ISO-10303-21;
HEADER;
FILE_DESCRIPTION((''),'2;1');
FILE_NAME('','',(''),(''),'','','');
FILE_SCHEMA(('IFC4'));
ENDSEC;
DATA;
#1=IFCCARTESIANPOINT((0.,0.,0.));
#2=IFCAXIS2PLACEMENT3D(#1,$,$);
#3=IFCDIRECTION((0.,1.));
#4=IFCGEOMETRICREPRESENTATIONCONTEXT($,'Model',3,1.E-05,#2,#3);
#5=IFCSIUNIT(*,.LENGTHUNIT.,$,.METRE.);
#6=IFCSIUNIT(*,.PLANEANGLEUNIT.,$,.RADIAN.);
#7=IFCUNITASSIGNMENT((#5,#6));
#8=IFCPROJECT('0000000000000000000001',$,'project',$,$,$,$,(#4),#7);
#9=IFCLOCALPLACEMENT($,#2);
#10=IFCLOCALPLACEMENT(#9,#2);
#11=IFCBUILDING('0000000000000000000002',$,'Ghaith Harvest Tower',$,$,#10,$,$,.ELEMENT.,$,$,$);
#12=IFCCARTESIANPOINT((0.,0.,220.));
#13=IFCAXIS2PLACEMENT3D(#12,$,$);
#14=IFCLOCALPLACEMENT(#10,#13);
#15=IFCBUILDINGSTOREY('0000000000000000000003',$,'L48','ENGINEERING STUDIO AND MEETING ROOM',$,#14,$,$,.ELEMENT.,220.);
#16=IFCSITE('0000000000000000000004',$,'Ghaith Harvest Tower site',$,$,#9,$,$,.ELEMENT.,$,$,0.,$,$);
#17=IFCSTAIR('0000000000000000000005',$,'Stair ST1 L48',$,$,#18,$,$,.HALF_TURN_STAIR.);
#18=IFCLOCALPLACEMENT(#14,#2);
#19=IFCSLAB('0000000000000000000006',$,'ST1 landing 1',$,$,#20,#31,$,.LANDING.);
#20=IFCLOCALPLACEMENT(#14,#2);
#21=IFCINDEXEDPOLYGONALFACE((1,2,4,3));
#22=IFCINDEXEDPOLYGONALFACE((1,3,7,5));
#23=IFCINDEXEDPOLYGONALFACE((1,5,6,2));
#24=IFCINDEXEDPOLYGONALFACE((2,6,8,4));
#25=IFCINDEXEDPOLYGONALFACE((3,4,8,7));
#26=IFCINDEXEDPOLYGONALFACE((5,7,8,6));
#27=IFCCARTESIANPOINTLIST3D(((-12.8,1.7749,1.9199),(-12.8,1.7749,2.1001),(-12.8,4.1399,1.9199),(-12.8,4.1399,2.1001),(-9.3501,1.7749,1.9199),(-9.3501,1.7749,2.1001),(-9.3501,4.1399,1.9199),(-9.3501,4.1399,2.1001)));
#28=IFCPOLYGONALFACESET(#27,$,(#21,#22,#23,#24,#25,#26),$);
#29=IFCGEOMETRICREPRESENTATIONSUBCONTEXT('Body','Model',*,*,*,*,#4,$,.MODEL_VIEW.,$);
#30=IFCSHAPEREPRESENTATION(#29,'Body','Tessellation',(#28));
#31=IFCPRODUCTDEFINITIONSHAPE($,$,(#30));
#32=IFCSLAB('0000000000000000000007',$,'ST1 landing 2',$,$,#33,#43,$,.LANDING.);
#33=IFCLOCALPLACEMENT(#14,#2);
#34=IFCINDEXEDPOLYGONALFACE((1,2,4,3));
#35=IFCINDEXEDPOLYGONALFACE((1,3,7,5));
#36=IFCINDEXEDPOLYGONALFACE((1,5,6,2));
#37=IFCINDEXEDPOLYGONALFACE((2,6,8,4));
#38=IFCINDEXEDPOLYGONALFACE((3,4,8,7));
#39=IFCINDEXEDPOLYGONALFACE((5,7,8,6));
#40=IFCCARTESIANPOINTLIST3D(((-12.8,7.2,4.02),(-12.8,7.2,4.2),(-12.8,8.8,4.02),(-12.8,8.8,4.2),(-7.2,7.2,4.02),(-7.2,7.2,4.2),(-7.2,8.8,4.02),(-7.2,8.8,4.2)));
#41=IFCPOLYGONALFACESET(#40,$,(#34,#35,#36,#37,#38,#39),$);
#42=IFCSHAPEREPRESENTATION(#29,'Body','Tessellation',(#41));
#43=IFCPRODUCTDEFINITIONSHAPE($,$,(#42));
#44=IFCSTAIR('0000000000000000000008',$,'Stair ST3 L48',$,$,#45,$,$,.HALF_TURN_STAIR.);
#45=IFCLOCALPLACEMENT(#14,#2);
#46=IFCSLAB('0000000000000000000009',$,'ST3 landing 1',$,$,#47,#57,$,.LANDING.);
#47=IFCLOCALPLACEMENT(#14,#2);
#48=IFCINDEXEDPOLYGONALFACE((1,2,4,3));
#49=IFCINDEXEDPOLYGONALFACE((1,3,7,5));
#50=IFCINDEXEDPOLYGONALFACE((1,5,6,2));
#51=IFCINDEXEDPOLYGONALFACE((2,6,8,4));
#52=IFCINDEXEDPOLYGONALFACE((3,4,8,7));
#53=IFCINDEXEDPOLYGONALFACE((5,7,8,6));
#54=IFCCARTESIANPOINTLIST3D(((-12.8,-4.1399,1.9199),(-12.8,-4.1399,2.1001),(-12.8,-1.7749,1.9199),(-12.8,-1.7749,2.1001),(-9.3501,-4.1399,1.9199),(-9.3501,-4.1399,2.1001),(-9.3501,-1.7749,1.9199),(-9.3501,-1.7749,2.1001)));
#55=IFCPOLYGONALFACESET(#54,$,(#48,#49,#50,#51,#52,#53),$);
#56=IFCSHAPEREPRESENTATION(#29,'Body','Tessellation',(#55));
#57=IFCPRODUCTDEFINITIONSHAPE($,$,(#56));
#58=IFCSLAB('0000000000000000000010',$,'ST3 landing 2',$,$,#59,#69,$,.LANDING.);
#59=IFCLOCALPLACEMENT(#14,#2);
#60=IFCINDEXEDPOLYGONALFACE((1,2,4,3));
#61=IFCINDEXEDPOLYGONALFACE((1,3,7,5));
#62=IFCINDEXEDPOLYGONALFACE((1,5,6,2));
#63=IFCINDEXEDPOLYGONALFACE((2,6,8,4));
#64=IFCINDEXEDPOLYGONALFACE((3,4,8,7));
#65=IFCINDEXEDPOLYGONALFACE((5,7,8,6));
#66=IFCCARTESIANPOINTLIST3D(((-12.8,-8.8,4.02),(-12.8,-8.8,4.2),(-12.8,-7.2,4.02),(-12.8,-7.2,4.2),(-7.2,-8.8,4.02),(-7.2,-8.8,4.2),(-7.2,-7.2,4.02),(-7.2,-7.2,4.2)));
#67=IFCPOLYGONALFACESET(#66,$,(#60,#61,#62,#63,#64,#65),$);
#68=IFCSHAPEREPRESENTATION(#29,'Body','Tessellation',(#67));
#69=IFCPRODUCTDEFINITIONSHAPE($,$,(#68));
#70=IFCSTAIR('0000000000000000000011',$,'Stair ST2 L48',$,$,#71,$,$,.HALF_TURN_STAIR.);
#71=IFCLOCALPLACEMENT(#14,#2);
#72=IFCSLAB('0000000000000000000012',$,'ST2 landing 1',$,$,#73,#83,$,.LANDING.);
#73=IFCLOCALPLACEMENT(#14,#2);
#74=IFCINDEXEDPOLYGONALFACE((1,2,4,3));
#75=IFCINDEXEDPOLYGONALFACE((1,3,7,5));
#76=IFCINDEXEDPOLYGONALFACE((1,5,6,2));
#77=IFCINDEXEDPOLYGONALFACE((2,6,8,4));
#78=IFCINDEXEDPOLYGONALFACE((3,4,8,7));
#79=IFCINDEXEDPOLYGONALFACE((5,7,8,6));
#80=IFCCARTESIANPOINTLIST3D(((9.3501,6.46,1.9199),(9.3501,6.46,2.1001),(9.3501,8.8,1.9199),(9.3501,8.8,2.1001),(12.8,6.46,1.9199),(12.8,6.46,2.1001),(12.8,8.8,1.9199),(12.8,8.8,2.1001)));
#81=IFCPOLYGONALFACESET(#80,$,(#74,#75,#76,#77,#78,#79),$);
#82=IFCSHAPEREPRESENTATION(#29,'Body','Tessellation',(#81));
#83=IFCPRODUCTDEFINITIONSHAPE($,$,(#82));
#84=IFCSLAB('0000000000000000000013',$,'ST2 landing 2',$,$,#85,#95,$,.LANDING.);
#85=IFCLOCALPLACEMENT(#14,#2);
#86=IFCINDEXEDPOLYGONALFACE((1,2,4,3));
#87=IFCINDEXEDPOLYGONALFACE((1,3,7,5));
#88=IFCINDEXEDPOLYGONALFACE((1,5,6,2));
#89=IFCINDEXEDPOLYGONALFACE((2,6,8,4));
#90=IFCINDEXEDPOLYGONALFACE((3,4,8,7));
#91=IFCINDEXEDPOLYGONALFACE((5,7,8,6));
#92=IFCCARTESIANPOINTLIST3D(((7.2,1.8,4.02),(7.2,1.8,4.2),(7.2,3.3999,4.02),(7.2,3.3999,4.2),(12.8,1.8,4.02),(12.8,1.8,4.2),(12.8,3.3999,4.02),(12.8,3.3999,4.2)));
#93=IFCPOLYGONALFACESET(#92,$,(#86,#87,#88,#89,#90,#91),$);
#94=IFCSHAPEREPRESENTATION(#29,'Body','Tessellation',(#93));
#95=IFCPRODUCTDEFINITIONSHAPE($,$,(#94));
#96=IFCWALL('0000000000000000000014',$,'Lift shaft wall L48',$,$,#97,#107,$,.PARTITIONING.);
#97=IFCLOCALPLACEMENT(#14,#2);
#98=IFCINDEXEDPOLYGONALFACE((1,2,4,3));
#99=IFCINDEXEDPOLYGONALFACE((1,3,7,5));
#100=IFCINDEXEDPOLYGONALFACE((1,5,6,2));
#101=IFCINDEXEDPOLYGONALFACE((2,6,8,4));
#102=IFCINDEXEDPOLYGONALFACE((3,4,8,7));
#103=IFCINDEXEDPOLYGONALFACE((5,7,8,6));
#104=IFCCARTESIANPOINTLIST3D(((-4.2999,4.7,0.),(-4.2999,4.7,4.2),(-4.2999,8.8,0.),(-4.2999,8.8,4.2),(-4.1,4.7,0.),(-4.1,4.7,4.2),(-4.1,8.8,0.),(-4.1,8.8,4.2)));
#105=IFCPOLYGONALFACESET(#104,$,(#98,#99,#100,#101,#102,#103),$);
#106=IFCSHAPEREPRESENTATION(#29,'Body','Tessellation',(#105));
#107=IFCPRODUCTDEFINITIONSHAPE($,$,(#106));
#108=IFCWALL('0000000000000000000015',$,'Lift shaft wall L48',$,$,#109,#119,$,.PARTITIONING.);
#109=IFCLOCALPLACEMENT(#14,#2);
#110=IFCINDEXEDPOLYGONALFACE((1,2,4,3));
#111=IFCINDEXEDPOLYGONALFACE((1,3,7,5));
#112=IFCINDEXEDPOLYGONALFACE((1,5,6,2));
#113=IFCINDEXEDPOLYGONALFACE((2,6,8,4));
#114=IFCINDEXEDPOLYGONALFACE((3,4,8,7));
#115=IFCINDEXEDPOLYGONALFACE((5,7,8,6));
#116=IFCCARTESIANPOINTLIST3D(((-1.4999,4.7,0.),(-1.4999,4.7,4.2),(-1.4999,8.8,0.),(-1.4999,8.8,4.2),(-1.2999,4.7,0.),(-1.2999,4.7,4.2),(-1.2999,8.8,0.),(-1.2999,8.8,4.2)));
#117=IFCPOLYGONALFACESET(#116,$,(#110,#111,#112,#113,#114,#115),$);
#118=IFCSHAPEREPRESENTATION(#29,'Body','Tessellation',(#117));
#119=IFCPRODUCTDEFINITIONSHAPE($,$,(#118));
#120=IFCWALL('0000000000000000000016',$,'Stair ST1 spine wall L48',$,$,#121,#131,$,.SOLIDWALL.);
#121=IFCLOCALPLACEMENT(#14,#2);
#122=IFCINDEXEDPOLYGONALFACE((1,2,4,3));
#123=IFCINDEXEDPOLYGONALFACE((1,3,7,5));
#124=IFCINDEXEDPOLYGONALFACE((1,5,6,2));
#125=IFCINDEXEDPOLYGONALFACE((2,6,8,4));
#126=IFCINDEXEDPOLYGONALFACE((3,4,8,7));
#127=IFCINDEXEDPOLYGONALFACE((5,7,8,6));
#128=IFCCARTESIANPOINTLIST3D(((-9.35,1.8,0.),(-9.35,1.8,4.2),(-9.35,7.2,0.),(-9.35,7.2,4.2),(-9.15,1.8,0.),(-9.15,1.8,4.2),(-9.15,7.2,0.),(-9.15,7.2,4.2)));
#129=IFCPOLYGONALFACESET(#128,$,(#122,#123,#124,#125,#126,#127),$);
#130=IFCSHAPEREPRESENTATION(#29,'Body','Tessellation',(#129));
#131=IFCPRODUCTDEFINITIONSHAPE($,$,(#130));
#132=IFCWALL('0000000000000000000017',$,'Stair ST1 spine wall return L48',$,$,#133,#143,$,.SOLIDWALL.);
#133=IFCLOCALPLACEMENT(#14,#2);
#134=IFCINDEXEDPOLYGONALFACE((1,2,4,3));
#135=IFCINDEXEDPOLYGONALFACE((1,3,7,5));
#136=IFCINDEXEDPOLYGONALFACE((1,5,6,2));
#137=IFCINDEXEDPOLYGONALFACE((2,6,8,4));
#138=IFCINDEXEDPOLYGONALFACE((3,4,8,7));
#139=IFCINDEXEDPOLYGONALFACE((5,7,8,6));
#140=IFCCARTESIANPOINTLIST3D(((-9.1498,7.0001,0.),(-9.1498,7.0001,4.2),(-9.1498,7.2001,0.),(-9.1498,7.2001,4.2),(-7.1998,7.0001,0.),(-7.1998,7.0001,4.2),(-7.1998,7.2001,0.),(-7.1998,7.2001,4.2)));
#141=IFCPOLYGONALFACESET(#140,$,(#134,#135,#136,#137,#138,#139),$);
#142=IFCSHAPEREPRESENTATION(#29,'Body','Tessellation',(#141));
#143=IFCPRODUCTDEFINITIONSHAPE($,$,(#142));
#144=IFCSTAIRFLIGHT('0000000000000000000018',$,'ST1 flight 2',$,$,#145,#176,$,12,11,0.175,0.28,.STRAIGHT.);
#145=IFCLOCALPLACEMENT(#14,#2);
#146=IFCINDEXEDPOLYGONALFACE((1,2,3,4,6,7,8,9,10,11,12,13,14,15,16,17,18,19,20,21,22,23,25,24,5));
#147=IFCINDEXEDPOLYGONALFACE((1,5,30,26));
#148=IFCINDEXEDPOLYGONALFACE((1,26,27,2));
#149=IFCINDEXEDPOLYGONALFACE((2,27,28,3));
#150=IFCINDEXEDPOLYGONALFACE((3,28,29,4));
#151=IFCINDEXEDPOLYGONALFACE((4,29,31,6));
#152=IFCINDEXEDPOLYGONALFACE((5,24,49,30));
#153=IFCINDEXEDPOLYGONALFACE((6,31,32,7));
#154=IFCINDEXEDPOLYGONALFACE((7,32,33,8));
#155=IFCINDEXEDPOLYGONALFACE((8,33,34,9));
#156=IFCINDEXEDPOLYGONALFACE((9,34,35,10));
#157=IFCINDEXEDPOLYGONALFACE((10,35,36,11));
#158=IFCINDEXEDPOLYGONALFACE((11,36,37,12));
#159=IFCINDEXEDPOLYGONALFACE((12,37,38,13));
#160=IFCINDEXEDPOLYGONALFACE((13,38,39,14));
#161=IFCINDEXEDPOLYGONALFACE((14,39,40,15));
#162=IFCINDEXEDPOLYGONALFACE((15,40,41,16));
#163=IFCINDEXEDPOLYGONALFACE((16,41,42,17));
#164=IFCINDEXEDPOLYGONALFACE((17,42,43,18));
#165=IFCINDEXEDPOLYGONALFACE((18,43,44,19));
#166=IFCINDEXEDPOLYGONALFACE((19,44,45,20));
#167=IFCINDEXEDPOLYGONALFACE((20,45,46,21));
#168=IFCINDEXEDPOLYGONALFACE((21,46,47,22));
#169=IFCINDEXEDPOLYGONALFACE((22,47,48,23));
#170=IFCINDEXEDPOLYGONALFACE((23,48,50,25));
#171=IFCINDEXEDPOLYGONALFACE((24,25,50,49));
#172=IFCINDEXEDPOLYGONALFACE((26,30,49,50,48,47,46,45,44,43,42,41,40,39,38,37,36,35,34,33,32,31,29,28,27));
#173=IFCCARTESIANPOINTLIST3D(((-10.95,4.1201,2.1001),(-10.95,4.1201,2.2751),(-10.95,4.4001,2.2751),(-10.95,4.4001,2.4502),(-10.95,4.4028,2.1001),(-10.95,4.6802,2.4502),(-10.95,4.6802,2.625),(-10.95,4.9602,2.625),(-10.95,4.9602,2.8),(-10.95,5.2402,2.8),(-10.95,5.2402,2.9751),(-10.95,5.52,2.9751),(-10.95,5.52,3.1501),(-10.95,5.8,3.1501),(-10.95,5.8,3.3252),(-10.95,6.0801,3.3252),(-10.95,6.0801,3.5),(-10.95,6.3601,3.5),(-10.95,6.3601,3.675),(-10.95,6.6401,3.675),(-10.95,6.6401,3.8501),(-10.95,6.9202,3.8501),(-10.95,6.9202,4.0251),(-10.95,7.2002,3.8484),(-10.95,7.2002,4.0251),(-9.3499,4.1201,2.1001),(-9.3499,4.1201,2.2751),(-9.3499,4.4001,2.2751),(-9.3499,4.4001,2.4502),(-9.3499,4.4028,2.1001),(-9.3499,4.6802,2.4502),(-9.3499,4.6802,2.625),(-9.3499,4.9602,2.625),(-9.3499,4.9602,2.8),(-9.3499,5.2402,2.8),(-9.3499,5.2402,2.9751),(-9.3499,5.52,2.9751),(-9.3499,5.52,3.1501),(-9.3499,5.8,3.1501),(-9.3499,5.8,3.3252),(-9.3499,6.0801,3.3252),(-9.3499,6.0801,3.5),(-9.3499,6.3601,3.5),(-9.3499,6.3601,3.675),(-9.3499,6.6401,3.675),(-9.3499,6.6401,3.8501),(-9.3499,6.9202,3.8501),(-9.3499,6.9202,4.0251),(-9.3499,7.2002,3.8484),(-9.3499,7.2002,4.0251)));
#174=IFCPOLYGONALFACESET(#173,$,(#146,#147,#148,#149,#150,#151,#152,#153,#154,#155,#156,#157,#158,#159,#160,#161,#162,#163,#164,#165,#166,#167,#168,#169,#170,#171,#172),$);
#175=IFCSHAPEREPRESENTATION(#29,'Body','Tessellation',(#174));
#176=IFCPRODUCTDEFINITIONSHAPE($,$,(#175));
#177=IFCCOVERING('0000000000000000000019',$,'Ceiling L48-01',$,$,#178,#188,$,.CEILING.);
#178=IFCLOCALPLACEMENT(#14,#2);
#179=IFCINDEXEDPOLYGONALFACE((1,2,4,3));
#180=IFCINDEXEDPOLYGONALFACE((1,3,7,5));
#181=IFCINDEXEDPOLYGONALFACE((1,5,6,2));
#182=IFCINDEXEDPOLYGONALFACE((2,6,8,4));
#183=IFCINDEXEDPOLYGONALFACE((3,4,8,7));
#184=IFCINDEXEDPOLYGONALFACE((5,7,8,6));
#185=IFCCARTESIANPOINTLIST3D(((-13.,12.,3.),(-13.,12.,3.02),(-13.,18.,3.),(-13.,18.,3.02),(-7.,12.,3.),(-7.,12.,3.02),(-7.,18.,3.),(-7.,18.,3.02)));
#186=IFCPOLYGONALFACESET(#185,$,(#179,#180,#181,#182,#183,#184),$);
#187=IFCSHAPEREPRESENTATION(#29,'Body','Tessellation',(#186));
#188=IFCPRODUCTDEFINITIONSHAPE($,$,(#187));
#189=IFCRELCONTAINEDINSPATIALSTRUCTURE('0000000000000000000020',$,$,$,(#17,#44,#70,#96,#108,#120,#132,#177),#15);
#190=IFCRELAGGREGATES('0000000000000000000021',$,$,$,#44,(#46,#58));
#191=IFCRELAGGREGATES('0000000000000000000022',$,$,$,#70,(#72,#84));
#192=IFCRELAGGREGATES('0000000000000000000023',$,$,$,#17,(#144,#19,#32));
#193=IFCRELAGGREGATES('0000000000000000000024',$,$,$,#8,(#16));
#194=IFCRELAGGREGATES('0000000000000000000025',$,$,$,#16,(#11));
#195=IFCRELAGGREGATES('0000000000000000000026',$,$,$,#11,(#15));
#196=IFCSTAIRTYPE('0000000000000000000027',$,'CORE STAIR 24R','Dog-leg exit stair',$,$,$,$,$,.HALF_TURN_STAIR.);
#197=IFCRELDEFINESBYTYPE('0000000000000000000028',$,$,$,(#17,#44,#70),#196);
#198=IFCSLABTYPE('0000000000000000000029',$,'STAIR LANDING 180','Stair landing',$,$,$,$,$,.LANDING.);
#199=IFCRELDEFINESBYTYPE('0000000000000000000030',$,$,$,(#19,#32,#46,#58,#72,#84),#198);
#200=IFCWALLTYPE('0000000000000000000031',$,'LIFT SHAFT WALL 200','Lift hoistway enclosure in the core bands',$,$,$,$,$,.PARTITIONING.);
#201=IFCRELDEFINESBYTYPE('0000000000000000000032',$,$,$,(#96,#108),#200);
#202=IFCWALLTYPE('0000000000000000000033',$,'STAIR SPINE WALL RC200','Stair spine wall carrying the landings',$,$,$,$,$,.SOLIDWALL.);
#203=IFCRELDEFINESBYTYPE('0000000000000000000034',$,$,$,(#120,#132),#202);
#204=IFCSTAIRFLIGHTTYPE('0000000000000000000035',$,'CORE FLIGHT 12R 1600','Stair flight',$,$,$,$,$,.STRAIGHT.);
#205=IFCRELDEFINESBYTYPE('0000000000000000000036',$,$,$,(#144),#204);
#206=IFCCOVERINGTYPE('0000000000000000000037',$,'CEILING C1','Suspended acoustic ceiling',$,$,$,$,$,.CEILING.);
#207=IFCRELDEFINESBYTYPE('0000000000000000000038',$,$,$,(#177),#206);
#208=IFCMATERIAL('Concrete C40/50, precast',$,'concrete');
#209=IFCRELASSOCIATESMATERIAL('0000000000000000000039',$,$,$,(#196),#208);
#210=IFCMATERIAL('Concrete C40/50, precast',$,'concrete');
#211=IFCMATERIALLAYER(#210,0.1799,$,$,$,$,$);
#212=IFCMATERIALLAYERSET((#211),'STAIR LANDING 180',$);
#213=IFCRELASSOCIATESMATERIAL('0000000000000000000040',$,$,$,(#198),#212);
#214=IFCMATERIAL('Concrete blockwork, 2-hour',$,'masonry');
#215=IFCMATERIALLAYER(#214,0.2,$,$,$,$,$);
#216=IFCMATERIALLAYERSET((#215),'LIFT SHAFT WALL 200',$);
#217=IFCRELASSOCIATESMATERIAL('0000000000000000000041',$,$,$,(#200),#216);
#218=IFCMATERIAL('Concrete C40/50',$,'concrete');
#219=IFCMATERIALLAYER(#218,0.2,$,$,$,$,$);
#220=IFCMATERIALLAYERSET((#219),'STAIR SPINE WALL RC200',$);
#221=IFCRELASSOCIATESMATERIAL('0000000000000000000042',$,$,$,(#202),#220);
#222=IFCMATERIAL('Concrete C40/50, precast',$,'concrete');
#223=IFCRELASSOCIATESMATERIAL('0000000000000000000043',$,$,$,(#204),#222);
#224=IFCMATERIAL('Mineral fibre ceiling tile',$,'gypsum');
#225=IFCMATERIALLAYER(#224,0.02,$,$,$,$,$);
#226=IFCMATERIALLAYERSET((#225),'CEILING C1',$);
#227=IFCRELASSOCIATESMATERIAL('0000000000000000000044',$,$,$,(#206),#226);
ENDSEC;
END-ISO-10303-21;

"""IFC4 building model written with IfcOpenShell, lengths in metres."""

from ifc_helpers import new_model, si_unit, direction, frame, frame_2d, origin, place, context, subcontext, project, spatial, polyline, rectangle, outline, extrude, material, layer, layer_set, type_object, element, aggregate, save


model = new_model("IFC4")

# Units and contexts
model_context = context("Model", 3, precision=1e-05, world=origin(), true_north=direction((0.0, 1.0)))
body_context = subcontext(model_context, "Body", "Model", "MODEL_VIEW")
ifc_project = project(units=[si_unit("LENGTHUNIT", "METRE"), si_unit("PLANEANGLEUNIT", "RADIAN")], contexts=[model_context])

# Site, building, storey
site_placement = place(None, origin())
site = spatial("IfcSite", under=ifc_project, at=site_placement, Name="Ghaith Harvest Tower site", CompositionType="ELEMENT", RefElevation=0.0)
building_placement = place(site_placement, origin())
building = spatial("IfcBuilding", under=site, at=building_placement, Name="Ghaith Harvest Tower", CompositionType="ELEMENT")
storey_placement = place(building_placement, frame((0.0, 0.0, 220.0)))
storey = spatial("IfcBuildingStorey", under=building, at=storey_placement, Name="L48", Description="ENGINEERING STUDIO AND MEETING ROOM", CompositionType="ELEMENT", Elevation=220.0)

# Stairs, slabs
ifc_material_1 = material(Name="Concrete C40/50, precast", Category="concrete")
stair_type = type_object("IfcStairType", Name="CORE STAIR 24R", Description="Dog-leg exit stair", PredefinedType="HALF_TURN_STAIR", material=ifc_material_1)
stair_1_placement = place(storey_placement, origin())
stair_1 = element("IfcStair", 1, at=stair_1_placement, inside=storey, type_object=stair_type, Name="Stair ST1 L48", PredefinedType="HALF_TURN_STAIR")
ifc_material_2 = material(Name="Concrete C40/50, precast", Category="concrete")
ifc_layer_1 = layer(ifc_material_2, 0.1799)
ifc_layer_set_1 = layer_set([ifc_layer_1], Name="STAIR LANDING 180")
slab_type_1 = type_object("IfcSlabType", Name="STAIR LANDING 180", Description="Stair landing", PredefinedType="LANDING", material=ifc_layer_set_1)
slab_1_placement = place(storey_placement, frame((0.0, 0.0, 1.9199)))
slab_1 = element("IfcSlab", 2, at=slab_1_placement, type_object=slab_type_1, Name="ST1 landing 1", PredefinedType="LANDING", context=body_context, shape_type="SweptSolid", body=[
    extrude(outline(polyline([(-12.8, 4.1399), (-12.8, 1.7749), (-9.3501, 1.7749), (-9.3501, 4.1399), (-12.8, 4.1399)])), origin(), (0.0, 0.0, 1.0), 0.1802),
])
slab_2_placement = place(storey_placement, frame((0.0, 0.0, 4.02)))
slab_2 = element("IfcSlab", 3, at=slab_2_placement, type_object=slab_type_1, Name="ST1 landing 2", PredefinedType="LANDING", context=body_context, shape_type="SweptSolid", body=[
    extrude(outline(polyline([(-12.8, 8.8), (-12.8, 7.2), (-7.2, 7.2), (-7.2, 8.8), (-12.8, 8.8)])), origin(), (0.0, 0.0, 1.0), 0.1799),
])
stair_2_placement = place(storey_placement, origin())
stair_2 = element("IfcStair", 4, at=stair_2_placement, inside=storey, type_object=stair_type, Name="Stair ST3 L48", PredefinedType="HALF_TURN_STAIR")
slab_3_placement = place(storey_placement, frame((0.0, 0.0, 1.9199)))
slab_3 = element("IfcSlab", 5, at=slab_3_placement, type_object=slab_type_1, Name="ST3 landing 1", PredefinedType="LANDING", context=body_context, shape_type="SweptSolid", body=[
    extrude(outline(polyline([(-12.8, -4.1399), (-12.8, -1.7749), (-9.3501, -1.7749), (-9.3501, -4.1399), (-12.8, -4.1399)])), origin(), (0.0, 0.0, 1.0), 0.1802),
])
slab_4_placement = place(storey_placement, frame((0.0, 0.0, 4.02)))
slab_4 = element("IfcSlab", 6, at=slab_4_placement, type_object=slab_type_1, Name="ST3 landing 2", PredefinedType="LANDING", context=body_context, shape_type="SweptSolid", body=[
    extrude(outline(polyline([(-12.8, -8.8), (-12.8, -7.2), (-7.2, -7.2), (-7.2, -8.8), (-12.8, -8.8)])), origin(), (0.0, 0.0, 1.0), 0.1799),
])
aggregate(stair_2, [slab_3, slab_4])
stair_3_placement = place(storey_placement, origin())
stair_3 = element("IfcStair", 7, at=stair_3_placement, inside=storey, type_object=stair_type, Name="Stair ST2 L48", PredefinedType="HALF_TURN_STAIR")
slab_5_placement = place(storey_placement, frame((0.0, 0.0, 1.9199)))
slab_5 = element("IfcSlab", 8, at=slab_5_placement, type_object=slab_type_1, Name="ST2 landing 1", PredefinedType="LANDING", context=body_context, shape_type="SweptSolid", body=[
    extrude(outline(polyline([(12.8, 6.46), (12.8, 8.8), (9.3501, 8.8), (9.3501, 6.46), (12.8, 6.46)])), origin(), (0.0, 0.0, 1.0), 0.1802),
])
slab_6_placement = place(storey_placement, frame((0.0, 0.0, 4.02)))
slab_6 = element("IfcSlab", 9, at=slab_6_placement, type_object=slab_type_1, Name="ST2 landing 2", PredefinedType="LANDING", context=body_context, shape_type="SweptSolid", body=[
    extrude(outline(polyline([(12.8, 1.8), (12.8, 3.3999), (7.2, 3.3999), (7.2, 1.8), (12.8, 1.8)])), origin(), (0.0, 0.0, 1.0), 0.1799),
])
aggregate(stair_3, [slab_5, slab_6])

# Walls
ifc_material_3 = material(Name="Concrete blockwork, 2-hour", Category="masonry")
ifc_layer_2 = layer(ifc_material_3, 0.2)
ifc_layer_set_2 = layer_set([ifc_layer_2], Name="LIFT SHAFT WALL 200")
wall_type_1 = type_object("IfcWallType", Name="LIFT SHAFT WALL 200", Description="Lift hoistway enclosure in the core bands", PredefinedType="PARTITIONING", material=ifc_layer_set_2)
for number, where, z_axis, x_axis, name in (
    (10, (-4.2, 4.7, 0.0), (0.0, 0.0, 1.0), (0.0, 1.0, 0.0), "Lift shaft wall L48"),
    (11, (-1.3999, 4.7, 0.0), (0.0, 0.0, 1.0), (0.0, 1.0, 0.0), "Lift shaft wall L48"),
):
    element("IfcWall", number, at=place(storey_placement, frame(where, z_axis=z_axis, x_axis=x_axis)), inside=storey, type_object=wall_type_1, Name=name, PredefinedType="PARTITIONING", context=body_context, shape_type="SweptSolid", body=[
        extrude(rectangle(XDim=4.1001, YDim=0.2, at=frame_2d((2.05, 0.0))), origin(), (0.0, 0.0, 1.0), 4.2),
    ])

# Walls
ifc_material_4 = material(Name="Concrete C40/50", Category="concrete")
ifc_layer_3 = layer(ifc_material_4, 0.2)
ifc_layer_set_3 = layer_set([ifc_layer_3], Name="STAIR SPINE WALL RC200")
wall_type_2 = type_object("IfcWallType", Name="STAIR SPINE WALL RC200", Description="Stair spine wall carrying the landings", PredefinedType="SOLIDWALL", material=ifc_layer_set_3)
wall_1_placement = place(storey_placement, frame((-9.25, 7.2, 0.0), z_axis=(0.0, 0.0, 1.0), x_axis=(0.0, -1.0, 0.0)))
element("IfcWall", 12, at=wall_1_placement, inside=storey, type_object=wall_type_2, Name="Stair ST1 spine wall L48", PredefinedType="SOLIDWALL", context=body_context, shape_type="SweptSolid", body=[
    extrude(rectangle(XDim=5.3999, YDim=0.2, at=frame_2d((2.7, 0.0))), origin(), (0.0, 0.0, 1.0), 4.2),
])
wall_2_placement = place(storey_placement, frame((-9.1499, 7.1001, 0.0), z_axis=(0.0, 0.0, 1.0), x_axis=(1.0, 0.0, 0.0)))
element("IfcWall", 13, at=wall_2_placement, inside=storey, type_object=wall_type_2, Name="Stair ST1 spine wall return L48", PredefinedType="SOLIDWALL", context=body_context, shape_type="SweptSolid", body=[
    extrude(rectangle(XDim=1.95, YDim=0.2, at=frame_2d((0.9751, 0.0))), origin(), (0.0, 0.0, 1.0), 4.2),
])

# Stair flight
ifc_material_5 = material(Name="Concrete C40/50, precast", Category="concrete")
stair_flight_type = type_object("IfcStairFlightType", Name="CORE FLIGHT 12R 1600", Description="Stair flight", PredefinedType="STRAIGHT", material=ifc_material_5)
stair_flight_placement = place(storey_placement, frame((-10.1499, 4.1201, 2.1001), z_axis=(0.0, 0.0, 1.0), x_axis=(0.0, 1.0, 0.0)))
stair_flight = element("IfcStairFlight", 14, at=stair_flight_placement, type_object=stair_flight_type, Name="ST1 flight 2", NumberOfRisers=12, NumberOfTreads=11, PredefinedType="STRAIGHT", RiserHeight=0.175, TreadLength=0.28, context=body_context, shape_type="SweptSolid", body=[
    extrude(outline(polyline([(0.0, 0.0), (0.0, 0.175), (0.28, 0.175), (0.28, 0.3501), (0.5601, 0.3501), (0.5601, 0.5249), (0.8401, 0.5249), (0.8401, 0.7), (1.1201, 0.7), (1.1201, 0.875), (1.3999, 0.875), (1.3999, 1.05), (1.6799, 1.05), (1.6799, 1.2251), (1.96, 1.2251), (1.96, 1.3999), (2.24, 1.3999), (2.24, 1.575), (2.52, 1.575), (2.52, 1.75), (2.8, 1.75), (2.8, 1.925), (3.0801, 1.925), (3.0801, 2.1001), (3.0801, 1.7483), (0.2827, 0.0), (0.0, 0.0)])), frame((0.0, 0.8, 0.0), z_axis=(0.0, -1.0, 0.0), x_axis=(1.0, 0.0, 0.0)), (0.0, 0.0, 1.0), 1.6001),
])
aggregate(stair_1, [stair_flight, slab_1, slab_2])

# Covering
ifc_material_6 = material(Name="Mineral fibre ceiling tile", Category="gypsum")
ifc_layer_4 = layer(ifc_material_6, 0.02)
ifc_layer_set_4 = layer_set([ifc_layer_4], Name="CEILING C1")
covering_type = type_object("IfcCoveringType", Name="CEILING C1", Description="Suspended acoustic ceiling", PredefinedType="CEILING", material=ifc_layer_set_4)
covering_1_placement = place(storey_placement, frame((0.0, 0.0, 3.0)))
element("IfcCovering", 15, at=covering_1_placement, inside=storey, type_object=covering_type, Name="Ceiling L48-01", PredefinedType="CEILING", context=body_context, shape_type="SweptSolid", body=[
    extrude(outline(polyline([(-13.0, 12.0), (-7.0, 12.0), (-7.0, 18.0), (-13.0, 18.0), (-13.0, 12.0)])), origin(), (0.0, 0.0, 1.0), 0.02),
])

save(model, "model.ifc")
